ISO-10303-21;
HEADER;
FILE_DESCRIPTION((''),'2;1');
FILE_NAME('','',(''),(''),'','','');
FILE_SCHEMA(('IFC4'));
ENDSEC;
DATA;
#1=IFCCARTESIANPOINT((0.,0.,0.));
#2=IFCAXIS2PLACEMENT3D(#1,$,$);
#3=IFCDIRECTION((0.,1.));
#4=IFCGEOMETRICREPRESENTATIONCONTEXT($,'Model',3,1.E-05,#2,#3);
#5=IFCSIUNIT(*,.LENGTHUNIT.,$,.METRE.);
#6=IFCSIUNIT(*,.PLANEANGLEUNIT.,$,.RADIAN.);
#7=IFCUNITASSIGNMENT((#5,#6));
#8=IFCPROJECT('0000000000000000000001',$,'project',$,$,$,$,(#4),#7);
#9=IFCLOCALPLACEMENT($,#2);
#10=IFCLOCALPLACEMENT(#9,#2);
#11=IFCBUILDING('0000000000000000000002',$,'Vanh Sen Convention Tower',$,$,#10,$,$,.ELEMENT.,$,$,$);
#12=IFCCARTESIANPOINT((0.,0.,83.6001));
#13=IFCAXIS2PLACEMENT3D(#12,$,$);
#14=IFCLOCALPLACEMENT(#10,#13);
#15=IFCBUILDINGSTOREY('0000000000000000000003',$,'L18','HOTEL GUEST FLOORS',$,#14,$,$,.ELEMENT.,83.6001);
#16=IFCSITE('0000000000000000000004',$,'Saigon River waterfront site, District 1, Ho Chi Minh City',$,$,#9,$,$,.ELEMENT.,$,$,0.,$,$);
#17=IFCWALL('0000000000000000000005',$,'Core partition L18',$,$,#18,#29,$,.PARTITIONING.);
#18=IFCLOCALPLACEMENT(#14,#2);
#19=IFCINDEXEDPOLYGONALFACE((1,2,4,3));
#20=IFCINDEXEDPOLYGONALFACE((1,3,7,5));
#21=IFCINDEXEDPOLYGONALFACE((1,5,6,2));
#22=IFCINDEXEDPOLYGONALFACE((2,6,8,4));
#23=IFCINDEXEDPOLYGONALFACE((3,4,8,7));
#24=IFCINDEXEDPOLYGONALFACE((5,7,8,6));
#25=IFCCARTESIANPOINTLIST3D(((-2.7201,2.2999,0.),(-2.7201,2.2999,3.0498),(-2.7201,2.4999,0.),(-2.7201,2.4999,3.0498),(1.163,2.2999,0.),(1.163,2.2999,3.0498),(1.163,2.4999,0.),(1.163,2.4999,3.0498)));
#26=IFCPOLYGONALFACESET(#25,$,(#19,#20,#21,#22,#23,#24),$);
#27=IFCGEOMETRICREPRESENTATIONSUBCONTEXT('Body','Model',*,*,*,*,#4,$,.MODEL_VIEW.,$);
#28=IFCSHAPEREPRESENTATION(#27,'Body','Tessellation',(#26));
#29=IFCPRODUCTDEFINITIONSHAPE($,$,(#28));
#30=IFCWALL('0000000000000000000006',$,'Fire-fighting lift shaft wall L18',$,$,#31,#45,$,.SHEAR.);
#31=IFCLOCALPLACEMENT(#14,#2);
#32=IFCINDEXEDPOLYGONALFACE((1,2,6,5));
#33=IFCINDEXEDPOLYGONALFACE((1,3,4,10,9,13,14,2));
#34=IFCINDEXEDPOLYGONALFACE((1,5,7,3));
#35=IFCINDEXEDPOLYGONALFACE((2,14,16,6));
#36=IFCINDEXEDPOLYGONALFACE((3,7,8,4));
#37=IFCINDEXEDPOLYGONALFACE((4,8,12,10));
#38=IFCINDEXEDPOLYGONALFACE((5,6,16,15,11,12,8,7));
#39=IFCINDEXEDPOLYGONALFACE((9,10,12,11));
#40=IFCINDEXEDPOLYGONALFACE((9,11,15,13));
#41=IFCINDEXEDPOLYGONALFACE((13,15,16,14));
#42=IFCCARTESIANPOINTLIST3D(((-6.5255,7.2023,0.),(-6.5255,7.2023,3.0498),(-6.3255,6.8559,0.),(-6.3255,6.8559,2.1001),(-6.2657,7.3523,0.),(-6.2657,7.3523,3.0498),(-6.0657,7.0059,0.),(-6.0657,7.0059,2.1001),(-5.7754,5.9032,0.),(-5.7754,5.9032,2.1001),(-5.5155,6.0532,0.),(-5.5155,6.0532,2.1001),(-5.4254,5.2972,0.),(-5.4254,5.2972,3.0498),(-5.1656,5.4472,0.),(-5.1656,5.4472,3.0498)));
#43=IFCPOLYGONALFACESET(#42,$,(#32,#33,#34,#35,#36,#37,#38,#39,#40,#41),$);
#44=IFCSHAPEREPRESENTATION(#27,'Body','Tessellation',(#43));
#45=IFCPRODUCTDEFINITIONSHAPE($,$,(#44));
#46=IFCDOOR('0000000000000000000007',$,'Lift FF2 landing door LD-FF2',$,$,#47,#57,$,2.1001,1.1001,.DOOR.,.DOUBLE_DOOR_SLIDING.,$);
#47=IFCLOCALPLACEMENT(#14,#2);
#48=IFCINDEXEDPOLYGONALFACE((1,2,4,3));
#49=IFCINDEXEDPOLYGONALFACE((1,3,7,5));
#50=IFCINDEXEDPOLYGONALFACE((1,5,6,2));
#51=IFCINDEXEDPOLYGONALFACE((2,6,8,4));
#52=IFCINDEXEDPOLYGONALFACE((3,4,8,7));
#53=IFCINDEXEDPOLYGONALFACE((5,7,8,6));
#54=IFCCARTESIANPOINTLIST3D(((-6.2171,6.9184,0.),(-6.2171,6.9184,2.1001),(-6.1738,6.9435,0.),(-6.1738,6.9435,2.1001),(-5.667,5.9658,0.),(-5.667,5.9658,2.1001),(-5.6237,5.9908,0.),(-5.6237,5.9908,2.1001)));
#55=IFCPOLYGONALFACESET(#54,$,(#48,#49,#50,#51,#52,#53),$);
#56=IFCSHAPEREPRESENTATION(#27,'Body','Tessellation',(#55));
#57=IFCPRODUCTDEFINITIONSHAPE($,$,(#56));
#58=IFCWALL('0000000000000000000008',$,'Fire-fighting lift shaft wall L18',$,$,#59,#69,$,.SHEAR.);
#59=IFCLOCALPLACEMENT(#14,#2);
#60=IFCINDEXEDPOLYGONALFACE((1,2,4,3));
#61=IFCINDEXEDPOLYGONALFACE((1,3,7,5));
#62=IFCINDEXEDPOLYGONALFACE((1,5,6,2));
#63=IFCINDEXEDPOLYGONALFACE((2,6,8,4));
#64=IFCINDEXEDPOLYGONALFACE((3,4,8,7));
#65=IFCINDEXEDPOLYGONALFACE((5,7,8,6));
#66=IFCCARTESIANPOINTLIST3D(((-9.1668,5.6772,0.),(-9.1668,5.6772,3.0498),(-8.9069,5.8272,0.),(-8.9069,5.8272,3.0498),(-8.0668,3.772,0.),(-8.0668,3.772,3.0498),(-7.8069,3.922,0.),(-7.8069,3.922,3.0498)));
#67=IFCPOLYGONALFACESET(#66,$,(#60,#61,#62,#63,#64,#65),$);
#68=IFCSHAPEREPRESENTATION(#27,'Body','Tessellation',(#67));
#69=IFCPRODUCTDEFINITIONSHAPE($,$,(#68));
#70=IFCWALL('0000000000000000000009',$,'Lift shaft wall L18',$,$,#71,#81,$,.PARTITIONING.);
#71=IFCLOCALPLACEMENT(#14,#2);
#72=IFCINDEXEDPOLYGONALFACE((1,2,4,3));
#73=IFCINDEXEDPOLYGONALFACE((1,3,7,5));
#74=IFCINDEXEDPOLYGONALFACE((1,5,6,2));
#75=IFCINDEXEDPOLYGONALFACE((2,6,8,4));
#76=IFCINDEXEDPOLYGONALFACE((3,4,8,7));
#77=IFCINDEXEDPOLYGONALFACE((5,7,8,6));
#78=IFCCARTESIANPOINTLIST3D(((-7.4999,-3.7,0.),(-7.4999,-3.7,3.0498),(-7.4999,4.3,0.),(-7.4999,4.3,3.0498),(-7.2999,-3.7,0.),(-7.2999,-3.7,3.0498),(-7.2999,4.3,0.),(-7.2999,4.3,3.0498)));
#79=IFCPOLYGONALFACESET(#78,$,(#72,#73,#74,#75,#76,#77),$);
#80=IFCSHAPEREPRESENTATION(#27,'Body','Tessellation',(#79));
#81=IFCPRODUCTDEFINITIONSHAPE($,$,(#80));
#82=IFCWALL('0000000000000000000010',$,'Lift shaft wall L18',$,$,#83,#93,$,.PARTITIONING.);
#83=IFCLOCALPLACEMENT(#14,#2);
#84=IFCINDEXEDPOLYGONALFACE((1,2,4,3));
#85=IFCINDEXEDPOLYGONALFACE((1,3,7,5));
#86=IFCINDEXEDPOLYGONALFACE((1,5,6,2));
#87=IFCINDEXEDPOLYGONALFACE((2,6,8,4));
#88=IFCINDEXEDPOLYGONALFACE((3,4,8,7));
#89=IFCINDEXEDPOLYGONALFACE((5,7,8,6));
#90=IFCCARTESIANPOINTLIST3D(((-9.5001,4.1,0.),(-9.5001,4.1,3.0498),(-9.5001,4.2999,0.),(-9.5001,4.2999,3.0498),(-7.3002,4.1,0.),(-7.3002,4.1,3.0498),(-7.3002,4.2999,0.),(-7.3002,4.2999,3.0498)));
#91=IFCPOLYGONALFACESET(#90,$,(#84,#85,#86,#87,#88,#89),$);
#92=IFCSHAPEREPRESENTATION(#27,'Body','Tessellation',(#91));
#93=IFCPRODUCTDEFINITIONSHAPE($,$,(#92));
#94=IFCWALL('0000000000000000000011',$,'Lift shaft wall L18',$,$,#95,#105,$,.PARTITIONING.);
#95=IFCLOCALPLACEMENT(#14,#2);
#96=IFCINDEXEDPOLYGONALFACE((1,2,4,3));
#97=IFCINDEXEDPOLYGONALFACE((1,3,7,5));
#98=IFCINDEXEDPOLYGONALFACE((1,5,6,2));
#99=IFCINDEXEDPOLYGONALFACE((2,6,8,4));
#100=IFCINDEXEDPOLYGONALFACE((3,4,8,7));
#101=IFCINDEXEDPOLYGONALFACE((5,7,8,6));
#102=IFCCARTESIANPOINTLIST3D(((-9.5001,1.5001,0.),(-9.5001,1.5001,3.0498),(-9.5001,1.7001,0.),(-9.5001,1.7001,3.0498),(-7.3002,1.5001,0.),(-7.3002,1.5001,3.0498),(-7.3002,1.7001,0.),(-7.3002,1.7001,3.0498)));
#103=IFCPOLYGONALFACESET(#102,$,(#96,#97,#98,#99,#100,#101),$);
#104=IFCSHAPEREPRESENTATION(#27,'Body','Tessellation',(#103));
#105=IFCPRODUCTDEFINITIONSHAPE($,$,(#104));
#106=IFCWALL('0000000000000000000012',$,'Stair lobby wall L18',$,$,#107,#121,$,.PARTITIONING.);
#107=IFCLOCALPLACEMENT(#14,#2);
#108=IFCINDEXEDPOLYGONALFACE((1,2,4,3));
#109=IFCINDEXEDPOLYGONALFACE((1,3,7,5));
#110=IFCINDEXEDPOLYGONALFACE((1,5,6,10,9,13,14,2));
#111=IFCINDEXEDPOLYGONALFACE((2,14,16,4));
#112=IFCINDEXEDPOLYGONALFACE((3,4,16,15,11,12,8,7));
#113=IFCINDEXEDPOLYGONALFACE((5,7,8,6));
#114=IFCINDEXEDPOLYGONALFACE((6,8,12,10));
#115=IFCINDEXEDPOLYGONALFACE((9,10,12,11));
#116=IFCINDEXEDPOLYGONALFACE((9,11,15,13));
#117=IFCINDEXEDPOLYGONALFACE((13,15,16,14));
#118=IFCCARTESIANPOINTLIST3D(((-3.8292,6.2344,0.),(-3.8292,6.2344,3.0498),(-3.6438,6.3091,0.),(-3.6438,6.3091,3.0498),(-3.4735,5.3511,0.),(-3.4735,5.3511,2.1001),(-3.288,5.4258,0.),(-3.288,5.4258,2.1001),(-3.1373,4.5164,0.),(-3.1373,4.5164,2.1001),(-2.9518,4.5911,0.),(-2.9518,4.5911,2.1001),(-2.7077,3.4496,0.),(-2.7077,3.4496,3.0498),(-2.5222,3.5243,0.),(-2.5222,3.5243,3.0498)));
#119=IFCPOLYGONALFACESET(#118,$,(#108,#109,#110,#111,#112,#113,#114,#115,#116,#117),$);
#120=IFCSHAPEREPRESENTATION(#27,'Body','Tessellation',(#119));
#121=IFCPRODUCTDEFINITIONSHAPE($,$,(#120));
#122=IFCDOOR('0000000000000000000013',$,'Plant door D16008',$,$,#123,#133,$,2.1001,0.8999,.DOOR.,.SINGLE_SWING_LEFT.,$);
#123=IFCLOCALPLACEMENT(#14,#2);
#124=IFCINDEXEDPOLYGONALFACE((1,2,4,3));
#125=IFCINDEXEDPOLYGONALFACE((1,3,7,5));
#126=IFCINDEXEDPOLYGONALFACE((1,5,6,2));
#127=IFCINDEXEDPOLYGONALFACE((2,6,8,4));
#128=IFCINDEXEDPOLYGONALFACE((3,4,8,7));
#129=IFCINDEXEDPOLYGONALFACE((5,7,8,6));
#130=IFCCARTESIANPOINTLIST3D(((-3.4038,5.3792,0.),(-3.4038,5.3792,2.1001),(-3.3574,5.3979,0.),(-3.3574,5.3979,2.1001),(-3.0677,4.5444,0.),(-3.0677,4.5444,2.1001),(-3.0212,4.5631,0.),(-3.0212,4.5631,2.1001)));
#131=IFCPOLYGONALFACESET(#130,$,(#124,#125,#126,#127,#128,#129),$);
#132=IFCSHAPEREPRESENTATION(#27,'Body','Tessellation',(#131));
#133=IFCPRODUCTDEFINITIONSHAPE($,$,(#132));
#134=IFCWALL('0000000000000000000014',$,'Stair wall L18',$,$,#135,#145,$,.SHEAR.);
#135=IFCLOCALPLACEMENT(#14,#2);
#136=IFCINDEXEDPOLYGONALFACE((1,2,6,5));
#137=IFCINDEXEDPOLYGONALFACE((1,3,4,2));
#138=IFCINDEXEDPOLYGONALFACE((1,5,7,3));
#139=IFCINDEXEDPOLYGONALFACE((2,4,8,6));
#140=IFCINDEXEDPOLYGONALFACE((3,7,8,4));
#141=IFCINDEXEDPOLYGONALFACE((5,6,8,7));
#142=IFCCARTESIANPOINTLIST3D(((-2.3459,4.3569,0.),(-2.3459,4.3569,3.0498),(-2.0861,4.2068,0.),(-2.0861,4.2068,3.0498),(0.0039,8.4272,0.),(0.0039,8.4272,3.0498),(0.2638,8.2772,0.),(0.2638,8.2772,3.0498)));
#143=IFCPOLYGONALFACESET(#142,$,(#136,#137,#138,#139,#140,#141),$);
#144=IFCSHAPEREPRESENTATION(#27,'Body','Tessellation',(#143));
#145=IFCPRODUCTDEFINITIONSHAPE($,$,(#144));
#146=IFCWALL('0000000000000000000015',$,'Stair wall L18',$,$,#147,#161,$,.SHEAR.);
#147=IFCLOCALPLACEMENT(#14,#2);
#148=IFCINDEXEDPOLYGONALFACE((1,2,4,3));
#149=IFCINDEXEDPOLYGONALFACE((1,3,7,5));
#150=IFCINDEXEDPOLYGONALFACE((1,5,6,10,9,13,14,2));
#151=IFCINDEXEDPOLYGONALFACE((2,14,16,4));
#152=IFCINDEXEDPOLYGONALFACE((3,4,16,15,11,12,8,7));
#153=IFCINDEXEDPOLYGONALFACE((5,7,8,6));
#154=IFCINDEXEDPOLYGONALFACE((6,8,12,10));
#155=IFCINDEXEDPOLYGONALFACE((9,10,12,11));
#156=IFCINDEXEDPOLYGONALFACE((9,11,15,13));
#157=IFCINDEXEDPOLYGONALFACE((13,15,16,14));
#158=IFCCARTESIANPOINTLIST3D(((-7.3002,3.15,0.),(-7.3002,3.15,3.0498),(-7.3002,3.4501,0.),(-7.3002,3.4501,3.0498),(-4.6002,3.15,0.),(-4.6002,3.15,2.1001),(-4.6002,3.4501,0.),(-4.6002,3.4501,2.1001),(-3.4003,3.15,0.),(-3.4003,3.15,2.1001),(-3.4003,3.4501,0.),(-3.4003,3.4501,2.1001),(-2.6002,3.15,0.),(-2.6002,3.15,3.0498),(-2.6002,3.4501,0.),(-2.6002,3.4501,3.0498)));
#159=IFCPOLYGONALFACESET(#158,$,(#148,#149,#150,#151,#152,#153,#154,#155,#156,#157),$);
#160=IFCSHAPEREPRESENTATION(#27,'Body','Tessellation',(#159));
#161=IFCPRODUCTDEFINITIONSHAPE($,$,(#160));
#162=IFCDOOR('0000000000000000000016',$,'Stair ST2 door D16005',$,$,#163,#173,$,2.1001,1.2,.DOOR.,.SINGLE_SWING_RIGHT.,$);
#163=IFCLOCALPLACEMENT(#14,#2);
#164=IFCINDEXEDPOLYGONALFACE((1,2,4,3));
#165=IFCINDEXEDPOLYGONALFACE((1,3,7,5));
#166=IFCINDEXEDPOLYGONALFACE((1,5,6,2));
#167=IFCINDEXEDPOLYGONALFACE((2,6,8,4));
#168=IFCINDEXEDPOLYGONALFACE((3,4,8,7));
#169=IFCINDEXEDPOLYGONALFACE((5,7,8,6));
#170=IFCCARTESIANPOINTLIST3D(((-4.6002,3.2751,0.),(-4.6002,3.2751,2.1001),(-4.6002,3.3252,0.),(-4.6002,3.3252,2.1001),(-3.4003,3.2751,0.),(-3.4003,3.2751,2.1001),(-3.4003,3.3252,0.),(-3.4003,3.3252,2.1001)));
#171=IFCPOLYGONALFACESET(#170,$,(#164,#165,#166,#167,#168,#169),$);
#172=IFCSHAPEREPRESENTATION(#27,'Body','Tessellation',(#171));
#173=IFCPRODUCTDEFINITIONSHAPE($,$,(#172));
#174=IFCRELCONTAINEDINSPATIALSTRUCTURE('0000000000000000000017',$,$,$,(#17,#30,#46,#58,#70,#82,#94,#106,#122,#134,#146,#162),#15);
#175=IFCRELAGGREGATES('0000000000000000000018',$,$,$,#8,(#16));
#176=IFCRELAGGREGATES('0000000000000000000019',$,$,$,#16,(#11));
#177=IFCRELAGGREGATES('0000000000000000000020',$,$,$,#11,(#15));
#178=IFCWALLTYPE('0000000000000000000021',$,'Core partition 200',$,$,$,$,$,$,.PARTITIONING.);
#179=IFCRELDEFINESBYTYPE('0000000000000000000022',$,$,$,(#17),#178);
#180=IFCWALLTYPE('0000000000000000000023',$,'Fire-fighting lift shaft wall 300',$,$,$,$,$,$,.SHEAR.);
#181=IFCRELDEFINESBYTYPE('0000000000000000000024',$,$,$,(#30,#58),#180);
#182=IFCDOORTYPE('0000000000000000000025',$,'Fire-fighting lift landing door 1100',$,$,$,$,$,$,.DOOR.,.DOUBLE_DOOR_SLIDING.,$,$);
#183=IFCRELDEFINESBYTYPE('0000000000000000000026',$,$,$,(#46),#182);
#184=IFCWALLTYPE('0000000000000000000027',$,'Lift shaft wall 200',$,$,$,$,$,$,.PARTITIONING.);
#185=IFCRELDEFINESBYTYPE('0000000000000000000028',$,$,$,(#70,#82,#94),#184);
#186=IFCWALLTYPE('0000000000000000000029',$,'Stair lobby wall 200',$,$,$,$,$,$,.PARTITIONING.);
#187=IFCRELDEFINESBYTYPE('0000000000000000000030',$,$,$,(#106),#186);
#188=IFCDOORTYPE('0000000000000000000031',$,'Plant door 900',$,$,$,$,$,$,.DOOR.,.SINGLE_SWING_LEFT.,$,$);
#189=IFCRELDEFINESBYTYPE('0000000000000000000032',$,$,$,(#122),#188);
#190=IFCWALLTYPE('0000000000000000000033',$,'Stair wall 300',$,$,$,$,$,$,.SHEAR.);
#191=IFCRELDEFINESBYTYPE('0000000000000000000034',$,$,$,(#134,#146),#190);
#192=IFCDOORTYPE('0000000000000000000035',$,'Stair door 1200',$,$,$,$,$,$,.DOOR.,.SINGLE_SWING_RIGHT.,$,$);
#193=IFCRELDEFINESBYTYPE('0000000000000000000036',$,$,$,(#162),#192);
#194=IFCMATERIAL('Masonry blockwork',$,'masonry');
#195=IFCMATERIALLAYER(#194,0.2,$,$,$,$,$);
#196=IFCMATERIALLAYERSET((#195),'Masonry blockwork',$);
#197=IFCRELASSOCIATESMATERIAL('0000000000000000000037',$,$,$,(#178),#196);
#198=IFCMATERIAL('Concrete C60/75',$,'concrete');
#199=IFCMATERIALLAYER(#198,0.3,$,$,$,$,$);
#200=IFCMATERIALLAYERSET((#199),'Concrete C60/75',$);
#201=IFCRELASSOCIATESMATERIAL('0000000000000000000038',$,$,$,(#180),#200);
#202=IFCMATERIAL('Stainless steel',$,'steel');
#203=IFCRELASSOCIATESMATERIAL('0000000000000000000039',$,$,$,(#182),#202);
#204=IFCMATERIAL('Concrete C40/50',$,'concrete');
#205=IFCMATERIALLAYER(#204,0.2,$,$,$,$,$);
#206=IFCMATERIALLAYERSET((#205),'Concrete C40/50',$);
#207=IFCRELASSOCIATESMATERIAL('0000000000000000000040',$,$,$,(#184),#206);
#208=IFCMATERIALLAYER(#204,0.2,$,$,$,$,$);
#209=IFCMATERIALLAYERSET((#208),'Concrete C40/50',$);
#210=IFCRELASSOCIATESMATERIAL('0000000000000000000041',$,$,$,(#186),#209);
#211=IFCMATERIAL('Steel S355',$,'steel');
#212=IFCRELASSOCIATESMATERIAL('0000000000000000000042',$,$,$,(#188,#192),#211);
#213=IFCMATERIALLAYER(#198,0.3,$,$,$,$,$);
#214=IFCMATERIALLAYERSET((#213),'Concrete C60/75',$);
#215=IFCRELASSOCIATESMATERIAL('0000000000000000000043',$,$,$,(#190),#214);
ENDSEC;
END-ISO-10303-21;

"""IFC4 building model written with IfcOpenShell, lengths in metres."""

from ifc_helpers import new_model, si_unit, direction, frame, frame_2d, origin, place, context, subcontext, project, spatial, rectangle, extrude, material, layer, layer_set, type_object, element, fill, save


model = new_model("IFC4")

# Units and contexts
model_context = context("Model", 3, precision=1e-05, world=origin(), true_north=direction((0.0, 1.0)))
body_context = subcontext(model_context, "Body", "Model", "MODEL_VIEW")
ifc_project = project(units=[si_unit("LENGTHUNIT", "METRE"), si_unit("PLANEANGLEUNIT", "RADIAN")], contexts=[model_context])

# Site, building, storey
site_placement = place(None, origin())
site = spatial("IfcSite", under=ifc_project, at=site_placement, Name="Saigon River waterfront site, District 1, Ho Chi Minh City", CompositionType="ELEMENT", RefElevation=0.0)
building_placement = place(site_placement, origin())
building = spatial("IfcBuilding", under=site, at=building_placement, Name="Vanh Sen Convention Tower", CompositionType="ELEMENT")
storey_placement = place(building_placement, frame((0.0, 0.0, 83.6001)))
storey = spatial("IfcBuildingStorey", under=building, at=storey_placement, Name="L18", Description="HOTEL GUEST FLOORS", CompositionType="ELEMENT", Elevation=83.6001)

# Wall
ifc_material_1 = material(Name="Masonry blockwork", Category="masonry")
ifc_layer_1 = layer(ifc_material_1, 0.2)
ifc_layer_set_1 = layer_set([ifc_layer_1], Name="Masonry blockwork")
wall_type_1 = type_object("IfcWallType", Name="Core partition 200", PredefinedType="PARTITIONING", material=ifc_layer_set_1)
wall_1_placement = place(storey_placement, frame((-2.72, 2.3999, 0.0), z_axis=(0.0, 0.0, 1.0), x_axis=(1.0, 0.0, 0.0)))
element("IfcWall", 1, at=wall_1_placement, inside=storey, type_object=wall_type_1, Name="Core partition L18", PredefinedType="PARTITIONING", context=body_context, shape_type="SweptSolid", body=[
    extrude(rectangle(XDim=3.8831, YDim=0.2, at=frame_2d((1.9414, 0.0))), origin(), (0.0, 0.0, 1.0), 3.0498),
])

# Wall, opening, door
ifc_material_2 = material(Name="Concrete C60/75", Category="concrete")
ifc_layer_2 = layer(ifc_material_2, 0.3)
ifc_layer_set_2 = layer_set([ifc_layer_2], Name="Concrete C60/75")
wall_type_2 = type_object("IfcWallType", Name="Fire-fighting lift shaft wall 300", PredefinedType="SHEAR", material=ifc_layer_set_2)
wall_2_placement = place(storey_placement, frame((-5.2954, 5.3721, 0.0), z_axis=(0.0, 0.0, 1.0), x_axis=(-0.500078, 0.86598, 0.0)))
wall_2 = element("IfcWall", 2, at=wall_2_placement, inside=storey, type_object=wall_type_2, Name="Fire-fighting lift shaft wall L18", PredefinedType="SHEAR", context=body_context, shape_type="SweptSolid", body=[
    extrude(rectangle(XDim=2.2, YDim=0.3, at=frame_2d((1.1001, 0.0))), origin(), (0.0, 0.0, 1.0), 3.0498),
])
opening_1_placement = place(wall_2_placement, frame((0.7, 0.0, 0.0)))
opening_1 = element("IfcOpeningElement", 3, at=opening_1_placement, cuts=wall_2, PredefinedType="OPENING", context=body_context, shape_type="SweptSolid", body=[
    extrude(rectangle(XDim=1.1001, YDim=2.1001, at=frame_2d((0.55, 1.05))), frame((0.0, 0.1599, 0.0), z_axis=(0.0, -1.0, 0.0), x_axis=(1.0, 0.0, 0.0)), (0.0, 0.0, 1.0), 0.3201),
])
ifc_material_3 = material(Name="Stainless steel", Category="steel")
door_type_1 = type_object("IfcDoorType", Name="Fire-fighting lift landing door 1100", OperationType="DOUBLE_DOOR_SLIDING", PredefinedType="DOOR", material=ifc_material_3)
door_1_placement = place(opening_1_placement, origin())
door_1 = element("IfcDoor", 4, at=door_1_placement, inside=storey, type_object=door_type_1, Name="Lift FF2 landing door LD-FF2", OperationType="DOUBLE_DOOR_SLIDING", OverallHeight=2.1001, OverallWidth=1.1001, PredefinedType="DOOR", context=body_context, shape_type="SweptSolid", body=[
    extrude(rectangle(XDim=1.1001, YDim=2.1001, at=frame_2d((0.55, 1.05))), frame((0.0, 0.0249, 0.0), z_axis=(0.0, -1.0, 0.0), x_axis=(1.0, 0.0, 0.0)), (0.0, 0.0, 1.0), 0.05),
])
fill(opening_1, door_1)

# Walls
wall_3_placement = place(storey_placement, frame((-7.9368, 3.8469, 0.0), z_axis=(0.0, 0.0, 1.0), x_axis=(-0.50003, 0.866008, 0.0)))
element("IfcWall", 5, at=wall_3_placement, inside=storey, type_object=wall_type_2, Name="Fire-fighting lift shaft wall L18", PredefinedType="SHEAR", context=body_context, shape_type="SweptSolid", body=[
    extrude(rectangle(XDim=2.2, YDim=0.3, at=frame_2d((1.1001, 0.0))), origin(), (0.0, 0.0, 1.0), 3.0498),
])
ifc_material_4 = material(Name="Concrete C40/50", Category="concrete")
ifc_layer_3 = layer(ifc_material_4, 0.2)
ifc_layer_set_3 = layer_set([ifc_layer_3], Name="Concrete C40/50")
wall_type_3 = type_object("IfcWallType", Name="Lift shaft wall 200", PredefinedType="PARTITIONING", material=ifc_layer_set_3)
wall_4_placement = place(storey_placement, frame((-7.3999, 4.3, 0.0), z_axis=(0.0, 0.0, 1.0), x_axis=(0.0, -1.0, 0.0)))
element("IfcWall", 6, at=wall_4_placement, inside=storey, type_object=wall_type_3, Name="Lift shaft wall L18", PredefinedType="PARTITIONING", context=body_context, shape_type="SweptSolid", body=[
    extrude(rectangle(XDim=8.0, YDim=0.2, at=frame_2d((4.0, 0.0))), origin(), (0.0, 0.0, 1.0), 3.0498),
])
for number, where, z_axis, x_axis, name in (
    (7, (-7.3, 4.2, 0.0), (0.0, 0.0, 1.0), (-1.0, 0.0, 0.0), "Lift shaft wall L18"),
    (8, (-7.3, 1.6001, 0.0), (0.0, 0.0, 1.0), (-1.0, 0.0, 0.0), "Lift shaft wall L18"),
):
    element("IfcWall", number, at=place(storey_placement, frame(where, z_axis=z_axis, x_axis=x_axis)), inside=storey, type_object=wall_type_3, Name=name, PredefinedType="PARTITIONING", context=body_context, shape_type="SweptSolid", body=[
        extrude(rectangle(XDim=2.2, YDim=0.2, at=frame_2d((1.1001, 0.0))), origin(), (0.0, 0.0, 1.0), 3.0498),
    ])

# Wall, opening, door
ifc_layer_4 = layer(ifc_material_4, 0.2)
ifc_layer_set_4 = layer_set([ifc_layer_4], Name="Concrete C40/50")
wall_type_4 = type_object("IfcWallType", Name="Stair lobby wall 200", PredefinedType="PARTITIONING", material=ifc_layer_set_4)
wall_5_placement = place(storey_placement, frame((-2.615, 3.4871, 0.0), z_axis=(0.0, 0.0, 1.0), x_axis=(-0.373577, 0.927599, 0.0)))
wall_5 = element("IfcWall", 9, at=wall_5_placement, inside=storey, type_object=wall_type_4, Name="Stair lobby wall L18", PredefinedType="PARTITIONING", context=body_context, shape_type="SweptSolid", body=[
    extrude(rectangle(XDim=3.0022, YDim=0.2, at=frame_2d((1.501, 0.0))), origin(), (0.0, 0.0, 1.0), 3.0498),
])
opening_2_placement = place(wall_5_placement, frame((1.1499, 0.0, 0.0)))
opening_2 = element("IfcOpeningElement", 10, at=opening_2_placement, cuts=wall_5, PredefinedType="OPENING", context=body_context, shape_type="SweptSolid", body=[
    extrude(rectangle(XDim=0.8999, YDim=2.1001, at=frame_2d((0.45, 1.05))), frame((0.0, 0.1099, 0.0), z_axis=(0.0, -1.0, 0.0), x_axis=(1.0, 0.0, 0.0)), (0.0, 0.0, 1.0), 0.22),
])
ifc_material_5 = material(Name="Steel S355", Category="steel")
door_type_2 = type_object("IfcDoorType", Name="Plant door 900", OperationType="SINGLE_SWING_LEFT", PredefinedType="DOOR", material=ifc_material_5)
door_2_placement = place(opening_2_placement, origin())
door_2 = element("IfcDoor", 11, at=door_2_placement, inside=storey, type_object=door_type_2, Name="Plant door D16008", OperationType="SINGLE_SWING_LEFT", OverallHeight=2.1001, OverallWidth=0.8999, PredefinedType="DOOR", context=body_context, shape_type="SweptSolid", body=[
    extrude(rectangle(XDim=0.8999, YDim=2.1001, at=frame_2d((0.45, 1.05))), frame((0.0, 0.0249, 0.0), z_axis=(0.0, -1.0, 0.0), x_axis=(1.0, 0.0, 0.0)), (0.0, 0.0, 1.0), 0.05),
])
fill(opening_2, door_2)

# Wall
ifc_layer_5 = layer(ifc_material_2, 0.3)
ifc_layer_set_5 = layer_set([ifc_layer_5], Name="Concrete C60/75")
wall_type_5 = type_object("IfcWallType", Name="Stair wall 300", PredefinedType="SHEAR", material=ifc_layer_set_5)
wall_6_placement = place(storey_placement, frame((-2.2161, 4.2817, 0.0), z_axis=(0.0, 0.0, 1.0), x_axis=(0.499977, 0.866039, 0.0)))
element("IfcWall", 12, at=wall_6_placement, inside=storey, type_object=wall_type_5, Name="Stair wall L18", PredefinedType="SHEAR", context=body_context, shape_type="SweptSolid", body=[
    extrude(rectangle(XDim=4.7, YDim=0.3, at=frame_2d((2.3501, 0.0))), origin(), (0.0, 0.0, 1.0), 3.0498),
])

# Wall, opening, door
wall_7_placement = place(storey_placement, frame((-2.6001, 3.3, 0.0), z_axis=(0.0, 0.0, 1.0), x_axis=(-1.0, 0.0, 0.0)))
wall_7 = element("IfcWall", 13, at=wall_7_placement, inside=storey, type_object=wall_type_5, Name="Stair wall L18", PredefinedType="SHEAR", context=body_context, shape_type="SweptSolid", body=[
    extrude(rectangle(XDim=4.7, YDim=0.3, at=frame_2d((2.3501, 0.0))), origin(), (0.0, 0.0, 1.0), 3.0498),
])
opening_3_placement = place(wall_7_placement, frame((0.8, 0.0, 0.0)))
opening_3 = element("IfcOpeningElement", 14, at=opening_3_placement, cuts=wall_7, PredefinedType="OPENING", context=body_context, shape_type="SweptSolid", body=[
    extrude(rectangle(XDim=1.2, YDim=2.1001, at=frame_2d((0.6001, 1.05))), frame((0.0, 0.1599, 0.0), z_axis=(0.0, -1.0, 0.0), x_axis=(1.0, 0.0, 0.0)), (0.0, 0.0, 1.0), 0.3201),
])
door_type_3 = type_object("IfcDoorType", Name="Stair door 1200", OperationType="SINGLE_SWING_RIGHT", PredefinedType="DOOR", material=ifc_material_5)
door_3_placement = place(opening_3_placement, origin())
door_3 = element("IfcDoor", 15, at=door_3_placement, inside=storey, type_object=door_type_3, Name="Stair ST2 door D16005", OperationType="SINGLE_SWING_RIGHT", OverallHeight=2.1001, OverallWidth=1.2, PredefinedType="DOOR", context=body_context, shape_type="SweptSolid", body=[
    extrude(rectangle(XDim=1.2, YDim=2.1001, at=frame_2d((0.6001, 1.05))), frame((0.0, 0.0249, 0.0), z_axis=(0.0, -1.0, 0.0), x_axis=(1.0, 0.0, 0.0)), (0.0, 0.0, 1.0), 0.05),
])
fill(opening_3, door_3)

save(model, "model.ifc")
